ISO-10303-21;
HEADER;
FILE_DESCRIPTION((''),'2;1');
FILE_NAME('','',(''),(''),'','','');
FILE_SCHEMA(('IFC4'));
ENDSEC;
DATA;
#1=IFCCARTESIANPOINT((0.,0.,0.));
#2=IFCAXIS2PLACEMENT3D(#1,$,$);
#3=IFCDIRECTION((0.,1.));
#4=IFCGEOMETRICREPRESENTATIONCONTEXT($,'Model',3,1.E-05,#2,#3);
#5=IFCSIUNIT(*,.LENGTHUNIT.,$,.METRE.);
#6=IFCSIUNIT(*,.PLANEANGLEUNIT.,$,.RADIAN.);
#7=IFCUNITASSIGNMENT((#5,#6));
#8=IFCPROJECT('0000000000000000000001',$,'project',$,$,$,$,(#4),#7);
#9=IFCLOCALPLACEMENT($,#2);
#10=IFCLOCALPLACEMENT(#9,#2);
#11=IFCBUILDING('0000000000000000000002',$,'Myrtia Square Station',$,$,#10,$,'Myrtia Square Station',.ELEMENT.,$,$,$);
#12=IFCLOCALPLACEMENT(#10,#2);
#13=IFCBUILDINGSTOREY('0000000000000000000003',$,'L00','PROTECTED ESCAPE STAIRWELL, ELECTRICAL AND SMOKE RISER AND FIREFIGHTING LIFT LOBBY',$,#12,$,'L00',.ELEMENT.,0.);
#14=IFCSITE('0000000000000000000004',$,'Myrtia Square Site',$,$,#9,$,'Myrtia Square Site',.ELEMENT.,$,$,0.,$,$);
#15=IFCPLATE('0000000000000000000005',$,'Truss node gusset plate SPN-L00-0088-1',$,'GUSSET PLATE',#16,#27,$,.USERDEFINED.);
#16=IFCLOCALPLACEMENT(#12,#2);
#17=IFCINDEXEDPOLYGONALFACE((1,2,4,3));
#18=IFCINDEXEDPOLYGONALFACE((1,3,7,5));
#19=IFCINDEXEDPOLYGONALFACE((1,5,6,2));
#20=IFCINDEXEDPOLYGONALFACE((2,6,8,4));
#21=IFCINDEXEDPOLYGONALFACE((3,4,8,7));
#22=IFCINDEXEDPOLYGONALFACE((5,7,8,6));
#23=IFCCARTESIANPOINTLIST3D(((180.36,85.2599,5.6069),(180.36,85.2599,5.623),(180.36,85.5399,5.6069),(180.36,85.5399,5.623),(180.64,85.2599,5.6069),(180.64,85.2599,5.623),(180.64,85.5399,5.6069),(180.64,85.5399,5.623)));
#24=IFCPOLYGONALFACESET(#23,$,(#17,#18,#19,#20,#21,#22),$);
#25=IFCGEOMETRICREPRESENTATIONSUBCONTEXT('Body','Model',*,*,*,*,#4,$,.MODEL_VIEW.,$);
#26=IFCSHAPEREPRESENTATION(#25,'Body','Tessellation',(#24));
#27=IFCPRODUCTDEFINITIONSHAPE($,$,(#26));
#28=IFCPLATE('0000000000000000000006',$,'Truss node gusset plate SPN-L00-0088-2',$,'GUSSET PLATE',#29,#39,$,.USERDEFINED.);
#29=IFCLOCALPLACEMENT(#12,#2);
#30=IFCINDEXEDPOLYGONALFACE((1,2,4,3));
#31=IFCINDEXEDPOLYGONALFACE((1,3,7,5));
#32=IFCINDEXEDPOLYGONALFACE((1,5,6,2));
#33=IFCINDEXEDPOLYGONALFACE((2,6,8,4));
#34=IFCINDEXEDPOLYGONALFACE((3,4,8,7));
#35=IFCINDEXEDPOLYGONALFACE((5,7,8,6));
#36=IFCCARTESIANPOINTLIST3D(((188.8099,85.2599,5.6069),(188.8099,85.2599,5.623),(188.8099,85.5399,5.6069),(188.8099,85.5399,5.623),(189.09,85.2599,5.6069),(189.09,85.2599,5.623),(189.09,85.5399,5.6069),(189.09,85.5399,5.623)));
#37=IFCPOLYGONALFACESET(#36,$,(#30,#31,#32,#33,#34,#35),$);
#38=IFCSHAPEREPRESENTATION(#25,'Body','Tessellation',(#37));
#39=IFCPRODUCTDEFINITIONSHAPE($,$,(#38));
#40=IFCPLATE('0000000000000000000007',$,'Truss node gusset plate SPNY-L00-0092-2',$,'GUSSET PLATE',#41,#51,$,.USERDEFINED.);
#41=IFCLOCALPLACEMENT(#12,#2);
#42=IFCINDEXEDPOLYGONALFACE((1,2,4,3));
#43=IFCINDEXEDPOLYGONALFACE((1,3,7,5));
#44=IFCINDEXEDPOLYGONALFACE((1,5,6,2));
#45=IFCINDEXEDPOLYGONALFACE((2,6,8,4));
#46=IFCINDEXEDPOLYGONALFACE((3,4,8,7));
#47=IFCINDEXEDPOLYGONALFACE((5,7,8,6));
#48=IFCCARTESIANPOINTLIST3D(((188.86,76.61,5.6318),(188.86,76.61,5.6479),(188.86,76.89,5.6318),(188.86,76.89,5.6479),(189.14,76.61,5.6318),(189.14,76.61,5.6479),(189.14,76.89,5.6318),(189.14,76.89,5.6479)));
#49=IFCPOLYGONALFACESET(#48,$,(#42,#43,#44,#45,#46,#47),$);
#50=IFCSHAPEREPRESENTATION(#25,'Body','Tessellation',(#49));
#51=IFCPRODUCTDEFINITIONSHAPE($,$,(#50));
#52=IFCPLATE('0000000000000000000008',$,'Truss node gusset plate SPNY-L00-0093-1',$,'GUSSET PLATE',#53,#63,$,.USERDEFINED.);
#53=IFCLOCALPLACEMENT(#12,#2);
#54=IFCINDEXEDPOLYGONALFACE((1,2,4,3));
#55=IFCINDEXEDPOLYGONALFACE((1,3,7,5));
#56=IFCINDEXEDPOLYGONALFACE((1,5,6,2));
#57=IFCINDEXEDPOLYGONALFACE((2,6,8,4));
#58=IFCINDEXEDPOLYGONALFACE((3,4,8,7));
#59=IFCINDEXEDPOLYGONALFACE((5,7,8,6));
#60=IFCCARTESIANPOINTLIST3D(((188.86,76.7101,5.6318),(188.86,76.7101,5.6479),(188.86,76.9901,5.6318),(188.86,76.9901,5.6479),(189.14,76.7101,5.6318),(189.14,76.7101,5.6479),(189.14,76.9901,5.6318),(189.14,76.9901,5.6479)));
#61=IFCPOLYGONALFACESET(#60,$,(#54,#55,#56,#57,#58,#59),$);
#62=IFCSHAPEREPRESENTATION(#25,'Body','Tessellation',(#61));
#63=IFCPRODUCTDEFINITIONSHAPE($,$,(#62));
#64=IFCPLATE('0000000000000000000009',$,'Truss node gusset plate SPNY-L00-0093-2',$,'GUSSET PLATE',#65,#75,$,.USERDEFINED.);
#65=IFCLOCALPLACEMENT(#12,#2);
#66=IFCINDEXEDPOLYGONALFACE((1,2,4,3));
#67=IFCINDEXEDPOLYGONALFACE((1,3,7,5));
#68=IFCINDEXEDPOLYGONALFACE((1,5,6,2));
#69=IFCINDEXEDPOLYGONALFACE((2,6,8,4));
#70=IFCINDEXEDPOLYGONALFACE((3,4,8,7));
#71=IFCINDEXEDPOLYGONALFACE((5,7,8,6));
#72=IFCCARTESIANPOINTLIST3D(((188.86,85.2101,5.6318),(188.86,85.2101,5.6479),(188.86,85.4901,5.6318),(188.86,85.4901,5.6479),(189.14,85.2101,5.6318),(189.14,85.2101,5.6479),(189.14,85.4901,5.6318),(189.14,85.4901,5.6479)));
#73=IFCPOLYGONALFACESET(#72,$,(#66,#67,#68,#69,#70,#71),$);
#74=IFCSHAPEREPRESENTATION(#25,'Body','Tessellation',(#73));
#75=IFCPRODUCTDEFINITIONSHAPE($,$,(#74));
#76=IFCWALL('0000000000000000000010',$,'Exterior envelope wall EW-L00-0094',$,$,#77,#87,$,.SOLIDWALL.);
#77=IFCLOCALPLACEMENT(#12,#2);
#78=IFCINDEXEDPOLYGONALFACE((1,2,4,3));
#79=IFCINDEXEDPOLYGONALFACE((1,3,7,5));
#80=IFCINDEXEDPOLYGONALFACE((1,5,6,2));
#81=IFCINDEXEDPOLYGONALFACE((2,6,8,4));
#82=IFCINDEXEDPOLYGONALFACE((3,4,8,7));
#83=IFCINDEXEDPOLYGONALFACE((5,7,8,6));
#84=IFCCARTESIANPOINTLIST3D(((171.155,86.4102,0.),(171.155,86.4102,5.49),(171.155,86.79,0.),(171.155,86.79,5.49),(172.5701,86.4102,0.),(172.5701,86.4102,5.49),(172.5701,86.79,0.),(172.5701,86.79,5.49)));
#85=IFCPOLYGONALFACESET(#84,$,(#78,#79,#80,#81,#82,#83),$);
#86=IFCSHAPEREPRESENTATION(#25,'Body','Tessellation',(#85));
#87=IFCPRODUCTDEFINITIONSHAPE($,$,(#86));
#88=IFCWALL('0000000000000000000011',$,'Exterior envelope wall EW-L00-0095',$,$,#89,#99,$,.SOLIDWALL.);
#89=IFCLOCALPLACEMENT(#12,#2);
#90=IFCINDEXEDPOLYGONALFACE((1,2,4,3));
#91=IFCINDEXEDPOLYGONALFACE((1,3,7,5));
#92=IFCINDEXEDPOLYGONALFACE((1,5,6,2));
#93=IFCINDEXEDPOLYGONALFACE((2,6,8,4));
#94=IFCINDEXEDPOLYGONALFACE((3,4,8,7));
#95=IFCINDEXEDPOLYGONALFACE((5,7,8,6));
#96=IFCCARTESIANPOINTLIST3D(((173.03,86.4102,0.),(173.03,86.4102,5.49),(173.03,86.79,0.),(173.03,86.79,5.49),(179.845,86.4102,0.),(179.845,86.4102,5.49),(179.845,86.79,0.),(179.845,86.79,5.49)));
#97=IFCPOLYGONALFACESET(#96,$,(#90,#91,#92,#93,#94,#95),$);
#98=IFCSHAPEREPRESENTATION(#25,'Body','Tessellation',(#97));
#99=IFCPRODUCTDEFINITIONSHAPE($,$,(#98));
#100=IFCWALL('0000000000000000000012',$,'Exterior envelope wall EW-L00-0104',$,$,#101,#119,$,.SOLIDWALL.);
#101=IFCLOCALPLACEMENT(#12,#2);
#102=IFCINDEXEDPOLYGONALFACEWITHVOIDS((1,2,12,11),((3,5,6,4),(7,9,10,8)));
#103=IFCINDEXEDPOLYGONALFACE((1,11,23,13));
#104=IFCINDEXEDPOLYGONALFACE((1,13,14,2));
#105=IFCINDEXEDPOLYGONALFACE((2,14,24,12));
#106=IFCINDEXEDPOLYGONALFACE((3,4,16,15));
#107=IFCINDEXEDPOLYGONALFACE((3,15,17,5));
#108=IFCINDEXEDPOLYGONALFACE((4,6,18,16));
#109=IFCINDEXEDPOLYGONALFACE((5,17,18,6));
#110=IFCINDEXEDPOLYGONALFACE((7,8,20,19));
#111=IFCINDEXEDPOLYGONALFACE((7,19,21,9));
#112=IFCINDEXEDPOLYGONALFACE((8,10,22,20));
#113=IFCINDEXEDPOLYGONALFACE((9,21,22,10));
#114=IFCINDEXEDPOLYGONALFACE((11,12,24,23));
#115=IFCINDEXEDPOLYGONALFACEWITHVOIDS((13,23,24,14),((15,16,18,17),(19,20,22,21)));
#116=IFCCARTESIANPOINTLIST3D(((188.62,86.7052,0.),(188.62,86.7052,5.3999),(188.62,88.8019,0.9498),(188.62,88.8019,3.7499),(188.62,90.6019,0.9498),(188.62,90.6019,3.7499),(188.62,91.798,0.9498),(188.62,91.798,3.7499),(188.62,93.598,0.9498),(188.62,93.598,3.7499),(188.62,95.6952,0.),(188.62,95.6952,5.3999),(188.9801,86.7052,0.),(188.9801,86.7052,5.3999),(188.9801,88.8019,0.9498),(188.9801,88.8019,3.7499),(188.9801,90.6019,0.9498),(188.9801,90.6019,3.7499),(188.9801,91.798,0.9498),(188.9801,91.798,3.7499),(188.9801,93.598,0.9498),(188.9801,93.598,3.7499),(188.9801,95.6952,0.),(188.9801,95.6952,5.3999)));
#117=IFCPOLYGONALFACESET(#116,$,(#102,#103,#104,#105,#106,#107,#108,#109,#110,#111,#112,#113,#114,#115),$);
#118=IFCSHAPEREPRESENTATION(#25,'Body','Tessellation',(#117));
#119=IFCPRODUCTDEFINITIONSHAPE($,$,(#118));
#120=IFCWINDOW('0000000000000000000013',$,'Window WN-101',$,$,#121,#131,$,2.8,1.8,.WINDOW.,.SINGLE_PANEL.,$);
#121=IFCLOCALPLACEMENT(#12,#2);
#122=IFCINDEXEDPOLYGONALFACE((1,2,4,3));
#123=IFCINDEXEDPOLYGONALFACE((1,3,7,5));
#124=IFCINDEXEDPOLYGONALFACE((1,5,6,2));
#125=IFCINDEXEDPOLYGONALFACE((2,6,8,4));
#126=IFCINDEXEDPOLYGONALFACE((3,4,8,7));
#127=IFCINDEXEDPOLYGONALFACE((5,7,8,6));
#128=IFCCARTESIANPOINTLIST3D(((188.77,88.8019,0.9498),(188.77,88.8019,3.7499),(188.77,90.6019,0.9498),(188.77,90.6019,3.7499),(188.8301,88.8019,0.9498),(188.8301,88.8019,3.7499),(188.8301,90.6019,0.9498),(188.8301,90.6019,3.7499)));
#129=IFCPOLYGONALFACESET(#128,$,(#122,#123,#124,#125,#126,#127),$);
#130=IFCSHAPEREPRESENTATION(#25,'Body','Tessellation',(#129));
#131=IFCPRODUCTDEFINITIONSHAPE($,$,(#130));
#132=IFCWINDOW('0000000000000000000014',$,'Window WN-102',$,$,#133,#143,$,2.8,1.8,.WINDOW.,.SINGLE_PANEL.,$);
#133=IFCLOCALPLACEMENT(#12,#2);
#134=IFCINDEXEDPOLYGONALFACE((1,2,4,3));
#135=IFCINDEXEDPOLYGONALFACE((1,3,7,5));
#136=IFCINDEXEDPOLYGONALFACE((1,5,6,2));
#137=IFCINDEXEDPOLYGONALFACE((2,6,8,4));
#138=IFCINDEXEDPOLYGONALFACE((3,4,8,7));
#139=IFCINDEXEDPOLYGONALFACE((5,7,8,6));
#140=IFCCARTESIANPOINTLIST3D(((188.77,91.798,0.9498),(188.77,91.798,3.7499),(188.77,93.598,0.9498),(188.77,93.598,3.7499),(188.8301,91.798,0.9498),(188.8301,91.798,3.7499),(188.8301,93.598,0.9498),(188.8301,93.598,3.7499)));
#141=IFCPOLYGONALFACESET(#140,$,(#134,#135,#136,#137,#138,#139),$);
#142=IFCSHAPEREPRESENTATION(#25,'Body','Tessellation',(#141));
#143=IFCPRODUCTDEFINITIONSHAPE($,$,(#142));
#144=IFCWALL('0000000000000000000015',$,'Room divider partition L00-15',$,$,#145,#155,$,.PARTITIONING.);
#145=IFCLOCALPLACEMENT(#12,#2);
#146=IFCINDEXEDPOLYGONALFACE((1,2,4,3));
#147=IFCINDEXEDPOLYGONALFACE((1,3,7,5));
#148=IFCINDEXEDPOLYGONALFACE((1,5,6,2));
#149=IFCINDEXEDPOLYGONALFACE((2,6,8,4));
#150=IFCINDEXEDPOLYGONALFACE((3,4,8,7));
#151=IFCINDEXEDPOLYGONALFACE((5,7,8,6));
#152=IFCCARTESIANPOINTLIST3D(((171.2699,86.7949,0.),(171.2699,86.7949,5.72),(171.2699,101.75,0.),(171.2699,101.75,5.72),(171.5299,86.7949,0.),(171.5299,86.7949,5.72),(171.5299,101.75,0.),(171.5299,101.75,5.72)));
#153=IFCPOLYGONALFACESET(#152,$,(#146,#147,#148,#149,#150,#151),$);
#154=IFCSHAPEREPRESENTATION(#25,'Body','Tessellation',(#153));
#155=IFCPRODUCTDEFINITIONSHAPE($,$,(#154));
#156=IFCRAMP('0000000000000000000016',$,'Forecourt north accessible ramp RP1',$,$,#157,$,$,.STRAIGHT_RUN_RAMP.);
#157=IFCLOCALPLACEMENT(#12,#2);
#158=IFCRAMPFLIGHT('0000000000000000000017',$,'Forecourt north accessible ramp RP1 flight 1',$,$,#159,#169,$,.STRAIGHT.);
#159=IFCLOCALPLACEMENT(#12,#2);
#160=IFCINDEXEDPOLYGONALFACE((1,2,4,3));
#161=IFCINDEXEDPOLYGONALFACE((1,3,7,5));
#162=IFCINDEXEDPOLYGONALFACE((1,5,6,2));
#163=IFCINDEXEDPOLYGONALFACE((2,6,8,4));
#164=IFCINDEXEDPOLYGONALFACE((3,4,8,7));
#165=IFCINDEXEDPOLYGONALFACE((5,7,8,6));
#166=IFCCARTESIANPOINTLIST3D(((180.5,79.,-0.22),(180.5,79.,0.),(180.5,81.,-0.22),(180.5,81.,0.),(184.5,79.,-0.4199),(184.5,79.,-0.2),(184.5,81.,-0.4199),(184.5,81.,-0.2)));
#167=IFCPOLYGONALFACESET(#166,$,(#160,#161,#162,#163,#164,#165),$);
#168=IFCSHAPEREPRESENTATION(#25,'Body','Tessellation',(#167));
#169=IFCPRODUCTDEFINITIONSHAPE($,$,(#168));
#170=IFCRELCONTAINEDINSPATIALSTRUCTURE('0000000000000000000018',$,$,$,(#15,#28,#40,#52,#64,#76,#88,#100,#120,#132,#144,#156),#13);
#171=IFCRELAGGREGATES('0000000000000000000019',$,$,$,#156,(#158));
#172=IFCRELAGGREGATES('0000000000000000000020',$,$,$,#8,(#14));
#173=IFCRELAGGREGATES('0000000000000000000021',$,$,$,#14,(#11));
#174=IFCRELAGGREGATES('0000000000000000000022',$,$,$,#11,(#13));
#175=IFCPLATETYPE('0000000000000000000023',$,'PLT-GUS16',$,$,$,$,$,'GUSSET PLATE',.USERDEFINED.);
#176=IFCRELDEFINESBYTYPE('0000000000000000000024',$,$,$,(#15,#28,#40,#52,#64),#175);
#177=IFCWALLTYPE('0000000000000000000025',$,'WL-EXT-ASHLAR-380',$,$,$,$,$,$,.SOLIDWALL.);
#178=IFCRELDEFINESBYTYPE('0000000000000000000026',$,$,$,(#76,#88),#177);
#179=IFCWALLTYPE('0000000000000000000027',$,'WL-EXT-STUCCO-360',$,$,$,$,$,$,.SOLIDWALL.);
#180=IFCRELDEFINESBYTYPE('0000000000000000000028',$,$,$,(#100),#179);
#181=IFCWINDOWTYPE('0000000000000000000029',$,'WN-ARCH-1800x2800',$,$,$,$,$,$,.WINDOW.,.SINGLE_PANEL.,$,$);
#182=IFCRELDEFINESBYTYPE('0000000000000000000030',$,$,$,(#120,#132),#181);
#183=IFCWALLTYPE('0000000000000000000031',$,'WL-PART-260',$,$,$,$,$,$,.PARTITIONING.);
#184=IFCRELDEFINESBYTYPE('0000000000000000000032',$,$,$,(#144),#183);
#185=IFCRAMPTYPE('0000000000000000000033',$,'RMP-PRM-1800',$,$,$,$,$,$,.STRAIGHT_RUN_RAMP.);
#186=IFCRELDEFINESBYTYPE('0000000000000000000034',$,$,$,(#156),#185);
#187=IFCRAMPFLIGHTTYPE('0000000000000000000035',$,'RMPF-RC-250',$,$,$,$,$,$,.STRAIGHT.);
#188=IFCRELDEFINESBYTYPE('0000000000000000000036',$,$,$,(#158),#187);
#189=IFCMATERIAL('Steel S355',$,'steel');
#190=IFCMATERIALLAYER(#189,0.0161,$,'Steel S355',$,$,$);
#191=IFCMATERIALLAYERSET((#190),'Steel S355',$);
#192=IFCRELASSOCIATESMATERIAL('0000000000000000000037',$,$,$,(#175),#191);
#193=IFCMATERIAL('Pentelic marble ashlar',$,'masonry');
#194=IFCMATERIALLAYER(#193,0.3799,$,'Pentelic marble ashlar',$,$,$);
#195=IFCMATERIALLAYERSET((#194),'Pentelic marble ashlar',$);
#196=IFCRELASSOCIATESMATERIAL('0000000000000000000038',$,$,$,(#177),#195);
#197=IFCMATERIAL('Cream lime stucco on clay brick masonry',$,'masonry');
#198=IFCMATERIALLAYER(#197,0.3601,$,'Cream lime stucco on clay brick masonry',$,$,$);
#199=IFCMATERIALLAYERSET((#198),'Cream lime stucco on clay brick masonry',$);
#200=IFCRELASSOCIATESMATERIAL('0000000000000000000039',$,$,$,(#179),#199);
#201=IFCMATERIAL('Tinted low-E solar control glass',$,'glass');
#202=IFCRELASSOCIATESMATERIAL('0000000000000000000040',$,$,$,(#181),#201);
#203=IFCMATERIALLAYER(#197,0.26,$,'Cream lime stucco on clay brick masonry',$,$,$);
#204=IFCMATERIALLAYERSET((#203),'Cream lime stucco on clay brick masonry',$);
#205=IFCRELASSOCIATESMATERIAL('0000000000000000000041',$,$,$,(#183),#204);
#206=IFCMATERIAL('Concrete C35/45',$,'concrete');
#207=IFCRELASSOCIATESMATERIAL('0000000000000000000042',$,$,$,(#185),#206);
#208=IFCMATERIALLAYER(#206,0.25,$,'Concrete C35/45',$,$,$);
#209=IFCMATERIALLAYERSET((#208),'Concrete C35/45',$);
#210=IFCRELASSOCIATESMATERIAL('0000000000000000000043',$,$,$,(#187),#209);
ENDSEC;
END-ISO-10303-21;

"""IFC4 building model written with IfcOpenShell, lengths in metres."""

from ifc_helpers import new_model, si_unit, direction, frame, frame_2d, origin, origin_2d, place, context, subcontext, project, spatial, polyline, rectangle, outline, extrude, material, layer, layer_set, type_object, element, fill, aggregate, save


model = new_model("IFC4")

# Units and contexts
model_context = context("Model", 3, precision=1e-05, world=origin(), true_north=direction((0.0, 1.0)))
body_context = subcontext(model_context, "Body", "Model", "MODEL_VIEW")
ifc_project = project(units=[si_unit("LENGTHUNIT", "METRE"), si_unit("PLANEANGLEUNIT", "RADIAN")], contexts=[model_context])

# Site, building, storey
site_placement = place(None, origin())
site = spatial("IfcSite", under=ifc_project, at=site_placement, Name="Myrtia Square Site", LongName="Myrtia Square Site", CompositionType="ELEMENT", RefElevation=0.0)
building_placement = place(site_placement, origin())
building = spatial("IfcBuilding", under=site, at=building_placement, Name="Myrtia Square Station", LongName="Myrtia Square Station", CompositionType="ELEMENT")
storey_placement = place(building_placement, origin())
storey = spatial("IfcBuildingStorey", under=building, at=storey_placement, Name="L00", Description="PROTECTED ESCAPE STAIRWELL, ELECTRICAL AND SMOKE RISER AND FIREFIGHTING LIFT LOBBY", LongName="L00", CompositionType="ELEMENT", Elevation=0.0)

# Shared definitions
ifc_material_1 = material(Name="Concrete C35/45", Category="concrete")

# Shared definitions
ifc_material_2 = material(Name="Steel S355", Category="steel")

# Plates
ifc_layer_1 = layer(ifc_material_2, 0.0161, Name="Steel S355")
ifc_layer_set_1 = layer_set([ifc_layer_1], Name="Steel S355")
plate_type = type_object("IfcPlateType", Name="PLT-GUS16", ElementType="GUSSET PLATE", PredefinedType="USERDEFINED", material=ifc_layer_set_1)
for number, where, z_axis, x_axis, name in (
    (1, (180.5, 85.3999, 5.6069), (0.0, 0.0, 1.0), (1.0, 0.0, 0.0), "Truss node gusset plate SPN-L00-0088-1"),
    (2, (188.95, 85.3999, 5.6069), (0.0, 0.0, 1.0), (1.0, 0.0, 0.0), "Truss node gusset plate SPN-L00-0088-2"),
    (3, (189.0, 76.75, 5.6318), (0.0, 0.0, 1.0), (0.0, 1.0, 0.0), "Truss node gusset plate SPNY-L00-0092-2"),
    (4, (189.0, 76.8501, 5.6318), (0.0, 0.0, 1.0), (0.0, 1.0, 0.0), "Truss node gusset plate SPNY-L00-0093-1"),
    (5, (189.0, 85.3501, 5.6318), (0.0, 0.0, 1.0), (0.0, 1.0, 0.0), "Truss node gusset plate SPNY-L00-0093-2"),
):
    element("IfcPlate", number, at=place(storey_placement, frame(where, z_axis=z_axis, x_axis=x_axis)), inside=storey, type_object=plate_type, Name=name, ObjectType="GUSSET PLATE", PredefinedType="USERDEFINED", context=body_context, shape_type="SweptSolid", body=[
        extrude(rectangle(XDim=0.28, YDim=0.28, at=origin_2d()), origin(), (0.0, 0.0, 1.0), 0.0161),
    ])

# Walls
ifc_material_3 = material(Name="Pentelic marble ashlar", Category="masonry")
ifc_layer_2 = layer(ifc_material_3, 0.3799, Name="Pentelic marble ashlar")
ifc_layer_set_2 = layer_set([ifc_layer_2], Name="Pentelic marble ashlar")
wall_type_1 = type_object("IfcWallType", Name="WL-EXT-ASHLAR-380", PredefinedType="SOLIDWALL", material=ifc_layer_set_2)
wall_1_placement = place(storey_placement, frame((171.155, 86.6001, 0.0), z_axis=(0.0, 0.0, 1.0), x_axis=(1.0, 0.0, 0.0)))
element("IfcWall", 6, at=wall_1_placement, inside=storey, type_object=wall_type_1, Name="Exterior envelope wall EW-L00-0094", PredefinedType="SOLIDWALL", context=body_context, shape_type="SweptSolid", body=[
    extrude(rectangle(XDim=1.415, YDim=0.3799, at=frame_2d((0.7075, 0.0))), origin(), (0.0, 0.0, 1.0), 5.49),
])
wall_2_placement = place(storey_placement, frame((173.03, 86.6001, 0.0), z_axis=(0.0, 0.0, 1.0), x_axis=(1.0, 0.0, 0.0)))
element("IfcWall", 7, at=wall_2_placement, inside=storey, type_object=wall_type_1, Name="Exterior envelope wall EW-L00-0095", PredefinedType="SOLIDWALL", context=body_context, shape_type="SweptSolid", body=[
    extrude(rectangle(XDim=6.8149, YDim=0.3799, at=frame_2d((3.4075, 0.0))), origin(), (0.0, 0.0, 1.0), 5.49),
])

# Wall, openings, windows
ifc_material_4 = material(Name="Cream lime stucco on clay brick masonry", Category="masonry")
ifc_layer_3 = layer(ifc_material_4, 0.3601, Name="Cream lime stucco on clay brick masonry")
ifc_layer_set_3 = layer_set([ifc_layer_3], Name="Cream lime stucco on clay brick masonry")
wall_type_2 = type_object("IfcWallType", Name="WL-EXT-STUCCO-360", PredefinedType="SOLIDWALL", material=ifc_layer_set_3)
wall_3_placement = place(storey_placement, frame((188.8, 86.7051, 0.0), z_axis=(0.0, 0.0, 1.0), x_axis=(0.0, 1.0, 0.0)))
wall_3 = element("IfcWall", 8, at=wall_3_placement, inside=storey, type_object=wall_type_2, Name="Exterior envelope wall EW-L00-0104", PredefinedType="SOLIDWALL", context=body_context, shape_type="SweptSolid", body=[
    extrude(rectangle(XDim=8.99, YDim=0.3601, at=frame_2d((4.4951, 0.0))), origin(), (0.0, 0.0, 1.0), 5.3999),
])
opening_1_placement = place(wall_3_placement, frame((2.0969, 0.0, 0.95)))
opening_1 = element("IfcOpeningElement", 9, at=opening_1_placement, cuts=wall_3, PredefinedType="OPENING", context=body_context, shape_type="SweptSolid", body=[
    extrude(rectangle(XDim=1.8, YDim=2.8, at=frame_2d((0.8999, 1.3999))), frame((0.0, 0.1951, 0.0), z_axis=(0.0, -1.0, 0.0), x_axis=(1.0, 0.0, 0.0)), (0.0, 0.0, 1.0), 0.3901),
])
opening_2_placement = place(wall_3_placement, frame((5.093, 0.0, 0.95)))
opening_2 = element("IfcOpeningElement", 10, at=opening_2_placement, cuts=wall_3, PredefinedType="OPENING", context=body_context, shape_type="SweptSolid", body=[
    extrude(rectangle(XDim=1.8, YDim=2.8, at=frame_2d((0.8999, 1.3999))), frame((0.0, 0.1951, 0.0), z_axis=(0.0, -1.0, 0.0), x_axis=(1.0, 0.0, 0.0)), (0.0, 0.0, 1.0), 0.3901),
])
ifc_material_5 = material(Name="Tinted low-E solar control glass", Category="glass")
window_type = type_object("IfcWindowType", Name="WN-ARCH-1800x2800", PartitioningType="SINGLE_PANEL", PredefinedType="WINDOW", material=ifc_material_5)
window_1_placement = place(opening_1_placement, origin())
window_1 = element("IfcWindow", 11, at=window_1_placement, inside=storey, type_object=window_type, Name="Window WN-101", OverallHeight=2.8, OverallWidth=1.8, PartitioningType="SINGLE_PANEL", PredefinedType="WINDOW", context=body_context, shape_type="SweptSolid", body=[
    extrude(rectangle(XDim=1.8, YDim=2.8, at=frame_2d((0.8999, 1.3999))), frame((0.0, 0.03, 0.0), z_axis=(0.0, -1.0, 0.0), x_axis=(1.0, 0.0, 0.0)), (0.0, 0.0, 1.0), 0.0601),
])
fill(opening_1, window_1)
window_2_placement = place(opening_2_placement, origin())
window_2 = element("IfcWindow", 12, at=window_2_placement, inside=storey, type_object=window_type, Name="Window WN-102", OverallHeight=2.8, OverallWidth=1.8, PartitioningType="SINGLE_PANEL", PredefinedType="WINDOW", context=body_context, shape_type="SweptSolid", body=[
    extrude(rectangle(XDim=1.8, YDim=2.8, at=frame_2d((0.8999, 1.3999))), frame((0.0, 0.03, 0.0), z_axis=(0.0, -1.0, 0.0), x_axis=(1.0, 0.0, 0.0)), (0.0, 0.0, 1.0), 0.0601),
])
fill(opening_2, window_2)

# Wall
ifc_layer_4 = layer(ifc_material_4, 0.26, Name="Cream lime stucco on clay brick masonry")
ifc_layer_set_4 = layer_set([ifc_layer_4], Name="Cream lime stucco on clay brick masonry")
wall_type_3 = type_object("IfcWallType", Name="WL-PART-260", PredefinedType="PARTITIONING", material=ifc_layer_set_4)
wall_4_placement = place(storey_placement, frame((171.3999, 86.7949, 0.0), z_axis=(0.0, 0.0, 1.0), x_axis=(0.0, 1.0, 0.0)))
element("IfcWall", 13, at=wall_4_placement, inside=storey, type_object=wall_type_3, Name="Room divider partition L00-15", PredefinedType="PARTITIONING", context=body_context, shape_type="SweptSolid", body=[
    extrude(rectangle(XDim=14.9551, YDim=0.26, at=frame_2d((7.4775, 0.0))), origin(), (0.0, 0.0, 1.0), 5.72),
])

# Ramp, ramp flight
ramp_type = type_object("IfcRampType", Name="RMP-PRM-1800", PredefinedType="STRAIGHT_RUN_RAMP", material=ifc_material_1)
ramp_placement = place(storey_placement, origin())
ramp = element("IfcRamp", 14, at=ramp_placement, inside=storey, type_object=ramp_type, Name="Forecourt north accessible ramp RP1", PredefinedType="STRAIGHT_RUN_RAMP")
ifc_layer_5 = layer(ifc_material_1, 0.25, Name="Concrete C35/45")
ifc_layer_set_5 = layer_set([ifc_layer_5], Name="Concrete C35/45")
ramp_flight_type = type_object("IfcRampFlightType", Name="RMPF-RC-250", PredefinedType="STRAIGHT", material=ifc_layer_set_5)
ramp_flight_placement = place(storey_placement, frame((184.5, 80.0, -0.2), z_axis=(0.0, 0.0, 1.0), x_axis=(-1.0, 0.0, 0.0)))
ramp_flight = element("IfcRampFlight", 15, at=ramp_flight_placement, type_object=ramp_flight_type, Name="Forecourt north accessible ramp RP1 flight 1", PredefinedType="STRAIGHT", context=body_context, shape_type="SweptSolid", body=[
    extrude(outline(polyline([(0.0, 0.0), (4.0, 0.2), (4.0, -0.02), (0.0, -0.22), (0.0, 0.0)])), frame((0.0, 1.0, 0.0), z_axis=(0.0, -1.0, 0.0), x_axis=(1.0, 0.0, 0.0)), (0.0, 0.0, 1.0), 2.0),
])
aggregate(ramp, [ramp_flight])

save(model, "model.ifc")
